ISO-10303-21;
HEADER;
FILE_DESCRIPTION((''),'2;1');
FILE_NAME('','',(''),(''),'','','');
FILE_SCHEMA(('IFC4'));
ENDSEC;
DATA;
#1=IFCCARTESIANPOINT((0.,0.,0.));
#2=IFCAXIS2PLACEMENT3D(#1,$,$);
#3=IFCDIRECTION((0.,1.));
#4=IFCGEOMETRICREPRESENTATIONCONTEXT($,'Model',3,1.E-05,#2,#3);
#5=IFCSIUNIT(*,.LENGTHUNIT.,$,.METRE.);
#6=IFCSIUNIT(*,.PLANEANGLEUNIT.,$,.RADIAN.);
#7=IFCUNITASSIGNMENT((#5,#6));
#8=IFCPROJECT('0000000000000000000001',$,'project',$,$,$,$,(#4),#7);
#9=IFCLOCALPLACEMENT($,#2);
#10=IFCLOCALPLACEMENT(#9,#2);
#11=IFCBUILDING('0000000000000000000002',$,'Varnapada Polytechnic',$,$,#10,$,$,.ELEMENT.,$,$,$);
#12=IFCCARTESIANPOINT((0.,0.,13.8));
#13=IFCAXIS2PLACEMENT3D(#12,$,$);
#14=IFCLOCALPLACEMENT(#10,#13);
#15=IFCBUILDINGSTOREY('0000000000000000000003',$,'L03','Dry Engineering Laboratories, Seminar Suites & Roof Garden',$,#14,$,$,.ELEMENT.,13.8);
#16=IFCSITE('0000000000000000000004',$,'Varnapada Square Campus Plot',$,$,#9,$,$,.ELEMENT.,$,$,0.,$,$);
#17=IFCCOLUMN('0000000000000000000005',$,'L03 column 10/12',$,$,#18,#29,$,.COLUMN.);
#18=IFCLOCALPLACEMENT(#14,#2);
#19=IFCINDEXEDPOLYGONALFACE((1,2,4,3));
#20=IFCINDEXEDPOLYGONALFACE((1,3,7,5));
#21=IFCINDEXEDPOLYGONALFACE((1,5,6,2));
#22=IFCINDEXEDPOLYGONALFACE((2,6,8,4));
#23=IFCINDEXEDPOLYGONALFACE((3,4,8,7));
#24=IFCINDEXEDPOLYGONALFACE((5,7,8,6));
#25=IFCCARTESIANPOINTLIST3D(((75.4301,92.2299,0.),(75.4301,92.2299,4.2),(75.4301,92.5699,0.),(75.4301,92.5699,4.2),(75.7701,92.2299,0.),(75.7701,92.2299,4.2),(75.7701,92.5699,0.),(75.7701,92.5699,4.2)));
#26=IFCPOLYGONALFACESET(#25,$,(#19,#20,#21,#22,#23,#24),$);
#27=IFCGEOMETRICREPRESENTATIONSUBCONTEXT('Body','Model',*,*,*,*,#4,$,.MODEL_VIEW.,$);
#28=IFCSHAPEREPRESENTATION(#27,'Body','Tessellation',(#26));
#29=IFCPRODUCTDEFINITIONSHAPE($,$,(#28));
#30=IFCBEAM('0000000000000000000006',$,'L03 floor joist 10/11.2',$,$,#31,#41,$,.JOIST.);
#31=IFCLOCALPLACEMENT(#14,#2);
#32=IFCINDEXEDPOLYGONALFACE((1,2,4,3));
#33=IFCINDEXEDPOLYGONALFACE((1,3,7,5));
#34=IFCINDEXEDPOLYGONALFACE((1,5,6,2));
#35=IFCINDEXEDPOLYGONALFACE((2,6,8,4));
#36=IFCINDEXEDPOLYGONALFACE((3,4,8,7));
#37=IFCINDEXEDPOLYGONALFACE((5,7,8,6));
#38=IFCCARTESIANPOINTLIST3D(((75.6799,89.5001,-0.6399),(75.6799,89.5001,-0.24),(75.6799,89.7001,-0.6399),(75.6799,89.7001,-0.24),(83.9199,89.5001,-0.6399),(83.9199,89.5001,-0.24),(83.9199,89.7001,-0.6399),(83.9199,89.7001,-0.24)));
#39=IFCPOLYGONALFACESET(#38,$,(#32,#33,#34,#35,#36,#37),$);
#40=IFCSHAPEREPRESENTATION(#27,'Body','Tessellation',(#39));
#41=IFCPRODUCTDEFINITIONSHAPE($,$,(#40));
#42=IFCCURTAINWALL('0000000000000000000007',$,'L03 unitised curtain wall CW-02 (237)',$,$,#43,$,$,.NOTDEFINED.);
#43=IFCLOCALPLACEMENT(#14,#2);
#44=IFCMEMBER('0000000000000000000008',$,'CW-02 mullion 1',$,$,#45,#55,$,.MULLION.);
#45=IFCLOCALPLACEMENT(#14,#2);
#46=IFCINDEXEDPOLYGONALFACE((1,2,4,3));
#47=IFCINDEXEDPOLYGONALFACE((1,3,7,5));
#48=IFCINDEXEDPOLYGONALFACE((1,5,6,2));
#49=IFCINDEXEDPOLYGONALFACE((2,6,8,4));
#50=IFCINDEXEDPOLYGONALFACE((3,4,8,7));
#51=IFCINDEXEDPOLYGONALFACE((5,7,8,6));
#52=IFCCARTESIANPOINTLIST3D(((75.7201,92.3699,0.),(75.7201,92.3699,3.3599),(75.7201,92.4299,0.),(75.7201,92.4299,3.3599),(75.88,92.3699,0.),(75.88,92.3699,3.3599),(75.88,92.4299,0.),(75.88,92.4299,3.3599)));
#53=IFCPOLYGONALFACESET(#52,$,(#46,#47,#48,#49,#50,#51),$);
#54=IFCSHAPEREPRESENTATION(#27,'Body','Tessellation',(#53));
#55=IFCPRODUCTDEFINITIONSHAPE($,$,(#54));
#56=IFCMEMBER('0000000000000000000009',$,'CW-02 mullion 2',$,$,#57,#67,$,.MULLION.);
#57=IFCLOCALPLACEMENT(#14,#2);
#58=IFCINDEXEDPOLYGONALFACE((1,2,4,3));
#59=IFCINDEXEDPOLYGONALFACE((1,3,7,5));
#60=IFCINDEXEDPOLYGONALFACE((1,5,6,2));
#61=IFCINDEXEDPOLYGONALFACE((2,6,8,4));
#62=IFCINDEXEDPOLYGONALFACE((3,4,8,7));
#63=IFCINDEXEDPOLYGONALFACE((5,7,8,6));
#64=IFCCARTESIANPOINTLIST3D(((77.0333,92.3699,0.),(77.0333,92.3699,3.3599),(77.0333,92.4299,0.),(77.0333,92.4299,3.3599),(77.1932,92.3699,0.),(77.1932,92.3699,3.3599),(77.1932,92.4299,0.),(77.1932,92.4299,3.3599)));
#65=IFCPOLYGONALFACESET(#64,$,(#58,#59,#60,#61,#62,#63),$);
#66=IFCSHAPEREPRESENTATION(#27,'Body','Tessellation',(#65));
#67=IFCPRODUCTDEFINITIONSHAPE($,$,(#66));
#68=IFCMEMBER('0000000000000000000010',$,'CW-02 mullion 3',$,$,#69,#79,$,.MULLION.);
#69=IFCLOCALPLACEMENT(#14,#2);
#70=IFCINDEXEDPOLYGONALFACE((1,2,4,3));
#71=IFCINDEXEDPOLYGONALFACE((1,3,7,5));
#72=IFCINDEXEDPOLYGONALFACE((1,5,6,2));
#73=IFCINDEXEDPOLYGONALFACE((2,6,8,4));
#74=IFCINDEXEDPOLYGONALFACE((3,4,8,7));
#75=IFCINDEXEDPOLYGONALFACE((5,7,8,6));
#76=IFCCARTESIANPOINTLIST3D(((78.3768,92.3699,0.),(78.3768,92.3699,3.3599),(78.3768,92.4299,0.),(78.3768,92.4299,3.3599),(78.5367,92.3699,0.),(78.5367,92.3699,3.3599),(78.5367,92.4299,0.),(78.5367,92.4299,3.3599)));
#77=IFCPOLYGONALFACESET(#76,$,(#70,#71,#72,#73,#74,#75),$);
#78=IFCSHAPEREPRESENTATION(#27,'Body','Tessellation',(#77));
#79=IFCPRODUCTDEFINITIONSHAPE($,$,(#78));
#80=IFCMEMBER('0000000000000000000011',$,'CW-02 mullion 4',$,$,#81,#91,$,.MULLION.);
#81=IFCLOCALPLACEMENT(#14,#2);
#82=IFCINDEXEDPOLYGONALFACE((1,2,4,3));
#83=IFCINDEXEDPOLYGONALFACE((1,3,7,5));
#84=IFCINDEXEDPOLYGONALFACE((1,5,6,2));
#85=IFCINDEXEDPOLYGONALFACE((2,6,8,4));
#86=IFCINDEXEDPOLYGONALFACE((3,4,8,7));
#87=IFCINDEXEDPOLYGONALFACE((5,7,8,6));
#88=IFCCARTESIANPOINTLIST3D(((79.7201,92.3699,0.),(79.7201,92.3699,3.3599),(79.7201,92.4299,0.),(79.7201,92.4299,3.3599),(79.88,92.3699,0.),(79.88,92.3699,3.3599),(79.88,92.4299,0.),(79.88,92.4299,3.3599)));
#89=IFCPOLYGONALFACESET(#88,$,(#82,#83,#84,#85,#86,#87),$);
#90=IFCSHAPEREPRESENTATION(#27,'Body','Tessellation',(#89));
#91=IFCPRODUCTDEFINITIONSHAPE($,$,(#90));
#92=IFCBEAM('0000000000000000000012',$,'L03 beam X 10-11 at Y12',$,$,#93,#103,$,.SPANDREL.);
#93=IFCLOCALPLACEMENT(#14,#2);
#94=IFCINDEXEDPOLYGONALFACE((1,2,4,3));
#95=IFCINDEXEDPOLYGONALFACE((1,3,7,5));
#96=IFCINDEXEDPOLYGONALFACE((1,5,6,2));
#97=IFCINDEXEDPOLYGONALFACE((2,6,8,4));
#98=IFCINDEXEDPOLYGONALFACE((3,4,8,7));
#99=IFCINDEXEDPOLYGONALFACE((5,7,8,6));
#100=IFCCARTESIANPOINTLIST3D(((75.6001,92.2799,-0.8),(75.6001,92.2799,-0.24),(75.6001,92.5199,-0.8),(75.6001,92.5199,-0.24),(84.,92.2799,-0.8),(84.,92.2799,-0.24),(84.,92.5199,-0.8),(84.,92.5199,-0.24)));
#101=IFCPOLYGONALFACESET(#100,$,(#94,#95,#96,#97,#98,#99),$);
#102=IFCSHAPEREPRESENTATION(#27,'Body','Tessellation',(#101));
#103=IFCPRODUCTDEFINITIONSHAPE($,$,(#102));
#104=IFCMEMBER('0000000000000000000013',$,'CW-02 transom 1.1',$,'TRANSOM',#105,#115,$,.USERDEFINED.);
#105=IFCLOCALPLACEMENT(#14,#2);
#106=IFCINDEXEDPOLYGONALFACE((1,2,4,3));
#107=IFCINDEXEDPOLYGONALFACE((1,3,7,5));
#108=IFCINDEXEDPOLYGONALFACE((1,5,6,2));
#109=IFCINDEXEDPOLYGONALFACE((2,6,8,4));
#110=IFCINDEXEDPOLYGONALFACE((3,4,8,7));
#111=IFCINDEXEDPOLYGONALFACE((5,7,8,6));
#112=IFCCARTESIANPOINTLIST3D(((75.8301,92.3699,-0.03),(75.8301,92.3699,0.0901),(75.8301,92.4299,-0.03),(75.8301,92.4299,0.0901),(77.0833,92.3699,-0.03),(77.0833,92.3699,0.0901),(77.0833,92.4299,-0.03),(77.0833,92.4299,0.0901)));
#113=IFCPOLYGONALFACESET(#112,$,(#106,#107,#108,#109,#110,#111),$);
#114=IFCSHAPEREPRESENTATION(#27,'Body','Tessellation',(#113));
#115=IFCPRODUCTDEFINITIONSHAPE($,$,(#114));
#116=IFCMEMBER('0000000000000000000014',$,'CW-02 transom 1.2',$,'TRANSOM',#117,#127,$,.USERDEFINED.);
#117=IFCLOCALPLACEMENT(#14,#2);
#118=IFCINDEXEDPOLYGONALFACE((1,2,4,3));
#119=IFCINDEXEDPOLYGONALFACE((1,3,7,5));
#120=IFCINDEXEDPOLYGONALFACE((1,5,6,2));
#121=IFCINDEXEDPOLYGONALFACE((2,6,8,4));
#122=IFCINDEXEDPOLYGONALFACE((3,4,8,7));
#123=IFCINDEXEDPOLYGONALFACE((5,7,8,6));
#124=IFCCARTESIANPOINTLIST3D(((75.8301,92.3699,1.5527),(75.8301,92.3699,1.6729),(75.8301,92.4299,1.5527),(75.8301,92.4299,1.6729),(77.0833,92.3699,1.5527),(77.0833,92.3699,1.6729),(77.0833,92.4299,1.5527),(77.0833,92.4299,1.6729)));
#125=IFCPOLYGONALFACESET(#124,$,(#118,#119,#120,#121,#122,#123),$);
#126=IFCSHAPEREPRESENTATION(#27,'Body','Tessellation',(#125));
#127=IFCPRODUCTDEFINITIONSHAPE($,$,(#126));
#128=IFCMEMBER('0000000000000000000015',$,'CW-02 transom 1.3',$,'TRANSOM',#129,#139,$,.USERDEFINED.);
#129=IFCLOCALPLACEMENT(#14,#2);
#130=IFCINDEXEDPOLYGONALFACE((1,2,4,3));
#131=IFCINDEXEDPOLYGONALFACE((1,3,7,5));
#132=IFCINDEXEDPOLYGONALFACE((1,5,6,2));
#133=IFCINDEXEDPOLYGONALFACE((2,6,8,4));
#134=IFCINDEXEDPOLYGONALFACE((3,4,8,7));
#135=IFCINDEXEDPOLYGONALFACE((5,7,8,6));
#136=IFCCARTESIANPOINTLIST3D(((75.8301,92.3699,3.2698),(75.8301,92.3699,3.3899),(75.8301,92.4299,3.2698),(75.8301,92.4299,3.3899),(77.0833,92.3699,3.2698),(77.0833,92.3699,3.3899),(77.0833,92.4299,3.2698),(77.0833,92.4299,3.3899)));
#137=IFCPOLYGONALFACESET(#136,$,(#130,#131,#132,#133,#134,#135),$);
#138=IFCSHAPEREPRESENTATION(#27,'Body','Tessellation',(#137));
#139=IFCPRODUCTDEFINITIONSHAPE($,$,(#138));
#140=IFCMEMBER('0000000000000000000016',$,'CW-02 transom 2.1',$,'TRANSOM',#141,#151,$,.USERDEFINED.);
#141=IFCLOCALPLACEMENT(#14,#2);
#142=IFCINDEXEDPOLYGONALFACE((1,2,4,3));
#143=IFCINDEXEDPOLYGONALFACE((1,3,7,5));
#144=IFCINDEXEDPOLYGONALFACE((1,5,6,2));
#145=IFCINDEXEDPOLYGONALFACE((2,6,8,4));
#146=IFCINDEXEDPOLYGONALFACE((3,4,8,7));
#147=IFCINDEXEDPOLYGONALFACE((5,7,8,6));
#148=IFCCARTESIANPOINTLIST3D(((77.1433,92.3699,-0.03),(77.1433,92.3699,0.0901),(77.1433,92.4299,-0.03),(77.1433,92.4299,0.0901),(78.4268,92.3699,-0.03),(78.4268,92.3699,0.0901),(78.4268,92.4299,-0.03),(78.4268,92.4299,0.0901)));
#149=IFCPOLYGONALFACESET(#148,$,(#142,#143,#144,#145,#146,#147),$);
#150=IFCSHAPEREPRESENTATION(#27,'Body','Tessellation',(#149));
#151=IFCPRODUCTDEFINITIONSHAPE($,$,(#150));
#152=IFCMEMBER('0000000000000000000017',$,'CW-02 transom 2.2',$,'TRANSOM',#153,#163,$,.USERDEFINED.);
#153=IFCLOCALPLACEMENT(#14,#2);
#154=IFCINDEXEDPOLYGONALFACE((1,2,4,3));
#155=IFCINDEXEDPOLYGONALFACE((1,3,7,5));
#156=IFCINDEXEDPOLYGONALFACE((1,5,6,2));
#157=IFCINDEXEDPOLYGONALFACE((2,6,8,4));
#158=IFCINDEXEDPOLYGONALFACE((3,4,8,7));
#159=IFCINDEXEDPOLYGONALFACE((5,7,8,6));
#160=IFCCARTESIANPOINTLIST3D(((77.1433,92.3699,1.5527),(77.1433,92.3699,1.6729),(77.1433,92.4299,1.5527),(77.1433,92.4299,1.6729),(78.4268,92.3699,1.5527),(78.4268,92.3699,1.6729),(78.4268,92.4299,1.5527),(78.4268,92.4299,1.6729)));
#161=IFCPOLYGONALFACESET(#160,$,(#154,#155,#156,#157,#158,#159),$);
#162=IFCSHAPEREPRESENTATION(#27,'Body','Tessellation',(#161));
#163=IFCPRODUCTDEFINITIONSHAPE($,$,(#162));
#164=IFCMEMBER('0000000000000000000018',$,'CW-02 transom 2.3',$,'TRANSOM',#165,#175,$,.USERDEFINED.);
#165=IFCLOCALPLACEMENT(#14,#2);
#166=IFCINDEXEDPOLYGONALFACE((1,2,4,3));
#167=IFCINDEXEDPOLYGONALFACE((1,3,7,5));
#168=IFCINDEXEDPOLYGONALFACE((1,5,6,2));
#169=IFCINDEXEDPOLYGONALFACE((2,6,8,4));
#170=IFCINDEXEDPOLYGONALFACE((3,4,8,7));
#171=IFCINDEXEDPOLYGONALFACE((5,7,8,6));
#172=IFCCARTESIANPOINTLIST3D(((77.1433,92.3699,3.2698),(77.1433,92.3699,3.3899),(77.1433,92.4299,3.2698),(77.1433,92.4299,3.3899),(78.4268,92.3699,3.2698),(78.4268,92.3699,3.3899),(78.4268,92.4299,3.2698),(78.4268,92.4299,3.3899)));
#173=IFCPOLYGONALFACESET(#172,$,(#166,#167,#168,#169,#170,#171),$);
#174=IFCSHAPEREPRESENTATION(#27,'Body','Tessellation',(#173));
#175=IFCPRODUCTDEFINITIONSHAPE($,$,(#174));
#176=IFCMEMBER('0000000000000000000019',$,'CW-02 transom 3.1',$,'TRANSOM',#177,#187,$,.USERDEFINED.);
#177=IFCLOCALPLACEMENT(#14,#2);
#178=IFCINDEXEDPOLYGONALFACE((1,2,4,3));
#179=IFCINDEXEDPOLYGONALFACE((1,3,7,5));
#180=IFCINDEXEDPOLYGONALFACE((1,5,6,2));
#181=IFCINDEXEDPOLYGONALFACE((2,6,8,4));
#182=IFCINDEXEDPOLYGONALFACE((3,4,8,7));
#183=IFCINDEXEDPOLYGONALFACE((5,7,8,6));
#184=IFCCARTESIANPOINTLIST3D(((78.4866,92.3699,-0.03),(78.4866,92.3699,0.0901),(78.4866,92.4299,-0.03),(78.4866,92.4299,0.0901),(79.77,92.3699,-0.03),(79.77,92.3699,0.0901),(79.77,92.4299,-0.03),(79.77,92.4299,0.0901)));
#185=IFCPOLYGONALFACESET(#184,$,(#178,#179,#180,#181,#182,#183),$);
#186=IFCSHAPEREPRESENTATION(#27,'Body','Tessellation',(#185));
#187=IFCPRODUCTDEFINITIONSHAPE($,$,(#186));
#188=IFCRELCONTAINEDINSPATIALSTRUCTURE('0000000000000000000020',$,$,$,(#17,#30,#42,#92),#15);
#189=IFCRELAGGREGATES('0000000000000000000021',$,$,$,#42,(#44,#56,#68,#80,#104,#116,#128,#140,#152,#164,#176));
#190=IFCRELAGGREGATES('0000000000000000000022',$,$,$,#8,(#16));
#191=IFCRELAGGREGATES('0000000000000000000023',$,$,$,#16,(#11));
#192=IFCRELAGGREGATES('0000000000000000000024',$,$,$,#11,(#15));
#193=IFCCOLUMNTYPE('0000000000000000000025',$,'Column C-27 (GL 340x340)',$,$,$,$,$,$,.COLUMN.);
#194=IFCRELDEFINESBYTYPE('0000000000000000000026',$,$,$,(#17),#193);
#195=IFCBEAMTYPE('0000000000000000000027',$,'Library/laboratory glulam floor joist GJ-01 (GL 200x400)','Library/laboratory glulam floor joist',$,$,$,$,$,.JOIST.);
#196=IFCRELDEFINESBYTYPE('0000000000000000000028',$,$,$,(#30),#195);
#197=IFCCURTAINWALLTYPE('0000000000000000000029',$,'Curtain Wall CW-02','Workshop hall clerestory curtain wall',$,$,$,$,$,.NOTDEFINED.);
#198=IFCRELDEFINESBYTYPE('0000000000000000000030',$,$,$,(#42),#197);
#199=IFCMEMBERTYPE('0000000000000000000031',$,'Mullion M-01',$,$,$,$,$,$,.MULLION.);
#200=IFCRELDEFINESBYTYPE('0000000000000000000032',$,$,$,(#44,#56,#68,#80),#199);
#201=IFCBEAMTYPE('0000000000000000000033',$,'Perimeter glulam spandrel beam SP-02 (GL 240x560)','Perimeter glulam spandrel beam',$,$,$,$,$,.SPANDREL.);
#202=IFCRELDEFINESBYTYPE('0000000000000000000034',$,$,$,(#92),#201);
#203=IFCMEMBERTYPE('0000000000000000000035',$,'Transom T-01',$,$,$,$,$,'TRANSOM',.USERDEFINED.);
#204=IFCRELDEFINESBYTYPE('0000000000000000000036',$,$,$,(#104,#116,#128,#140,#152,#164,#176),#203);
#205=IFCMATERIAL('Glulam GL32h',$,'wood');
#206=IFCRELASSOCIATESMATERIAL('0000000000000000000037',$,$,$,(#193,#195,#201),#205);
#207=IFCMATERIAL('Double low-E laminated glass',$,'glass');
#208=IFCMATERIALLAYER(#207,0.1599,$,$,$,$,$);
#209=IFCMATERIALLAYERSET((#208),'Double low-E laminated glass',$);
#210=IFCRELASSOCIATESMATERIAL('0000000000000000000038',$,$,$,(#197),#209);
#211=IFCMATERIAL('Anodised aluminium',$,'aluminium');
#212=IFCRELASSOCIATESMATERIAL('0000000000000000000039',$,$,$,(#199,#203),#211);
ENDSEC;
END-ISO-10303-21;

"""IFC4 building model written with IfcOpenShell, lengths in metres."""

from ifc_helpers import new_model, si_unit, direction, frame, origin, origin_2d, place, context, subcontext, project, spatial, rectangle, extrude, material, layer, layer_set, material_profile, profile_set, type_object, element, aggregate, save


model = new_model("IFC4")

# Units and contexts
model_context = context("Model", 3, precision=1e-05, world=origin(), true_north=direction((0.0, 1.0)))
body_context = subcontext(model_context, "Body", "Model", "MODEL_VIEW")
ifc_project = project(units=[si_unit("LENGTHUNIT", "METRE"), si_unit("PLANEANGLEUNIT", "RADIAN")], contexts=[model_context])

# Site, building, storey
site_placement = place(None, origin())
site = spatial("IfcSite", under=ifc_project, at=site_placement, Name="Varnapada Square Campus Plot", CompositionType="ELEMENT", RefElevation=0.0)
building_placement = place(site_placement, origin())
building = spatial("IfcBuilding", under=site, at=building_placement, Name="Varnapada Polytechnic", CompositionType="ELEMENT")
storey_placement = place(building_placement, frame((0.0, 0.0, 13.8)))
storey = spatial("IfcBuildingStorey", under=building, at=storey_placement, Name="L03", Description="Dry Engineering Laboratories, Seminar Suites & Roof Garden", CompositionType="ELEMENT", Elevation=13.8)

# Column
ifc_material_1 = material(Name="Glulam GL32h", Category="wood")
ifc_material_profile_1 = material_profile(ifc_material_1, rectangle(XDim=0.3401, YDim=0.3401, at=origin_2d()), Name="GL 340x340")
ifc_profile_set_1 = profile_set([ifc_material_profile_1], Name="Glulam GL32h")
column_type = type_object("IfcColumnType", Name="Column C-27 (GL 340x340)", PredefinedType="COLUMN", material=ifc_profile_set_1)
column_placement = place(storey_placement, frame((75.6001, 92.3999, 0.0), z_axis=(0.0, 0.0, 1.0), x_axis=(1.0, 0.0, 0.0)))
element("IfcColumn", 1, at=column_placement, inside=storey, type_object=column_type, Name="L03 column 10/12", PredefinedType="COLUMN", context=body_context, shape_type="SweptSolid", body=[
    extrude(rectangle(XDim=0.3401, YDim=0.3401, at=origin_2d()), origin(), (0.0, 0.0, 1.0), 4.2),
])

# Beam
ifc_material_profile_2 = material_profile(ifc_material_1, rectangle(XDim=0.2, YDim=0.3999, at=origin_2d()), Name="GL 200x400")
ifc_profile_set_2 = profile_set([ifc_material_profile_2], Name="Glulam GL32h")
beam_type_1 = type_object("IfcBeamType", Name="Library/laboratory glulam floor joist GJ-01 (GL 200x400)", Description="Library/laboratory glulam floor joist", PredefinedType="JOIST", material=ifc_profile_set_2)
beam_1_placement = place(storey_placement, frame((75.6799, 89.6001, -0.4399), z_axis=(1.0, 0.0, 0.0), x_axis=(0.0, 1.0, 0.0)))
element("IfcBeam", 2, at=beam_1_placement, inside=storey, type_object=beam_type_1, Name="L03 floor joist 10/11.2", PredefinedType="JOIST", context=body_context, shape_type="SweptSolid", body=[
    extrude(rectangle(XDim=0.2, YDim=0.3999, at=origin_2d()), origin(), (0.0, 0.0, 1.0), 8.24),
])

# Curtain wall, members
ifc_material_2 = material(Name="Double low-E laminated glass", Category="glass")
ifc_layer_1 = layer(ifc_material_2, 0.1599)
ifc_layer_set_1 = layer_set([ifc_layer_1], Name="Double low-E laminated glass")
curtain_wall_type = type_object("IfcCurtainWallType", Name="Curtain Wall CW-02", Description="Workshop hall clerestory curtain wall", PredefinedType="NOTDEFINED", material=ifc_layer_set_1)
curtain_wall_placement = place(storey_placement, origin())
curtain_wall = element("IfcCurtainWall", 3, at=curtain_wall_placement, inside=storey, type_object=curtain_wall_type, Name="L03 unitised curtain wall CW-02 (237)", PredefinedType="NOTDEFINED")
ifc_material_3 = material(Name="Anodised aluminium", Category="aluminium")
ifc_material_profile_3 = material_profile(ifc_material_3, rectangle(XDim=0.0601, YDim=0.1599, at=origin_2d()), Name="ALU M60x160")
ifc_profile_set_3 = profile_set([ifc_material_profile_3], Name="Anodised aluminium")
member_type_1 = type_object("IfcMemberType", Name="Mullion M-01", PredefinedType="MULLION", material=ifc_profile_set_3)
member_1_placement = place(storey_placement, frame((75.8, 92.3999, 0.0), z_axis=(0.0, 0.0, 1.0), x_axis=(0.0, 1.0, 0.0)))
member_1 = element("IfcMember", 4, at=member_1_placement, type_object=member_type_1, Name="CW-02 mullion 1", PredefinedType="MULLION", context=body_context, shape_type="SweptSolid", body=[
    extrude(rectangle(XDim=0.0601, YDim=0.1599, at=origin_2d()), origin(), (0.0, 0.0, 1.0), 3.3599),
])
member_2_placement = place(storey_placement, frame((77.1133, 92.3999, 0.0), z_axis=(0.0, 0.0, 1.0), x_axis=(0.0, 1.0, 0.0)))
member_2 = element("IfcMember", 5, at=member_2_placement, type_object=member_type_1, Name="CW-02 mullion 2", PredefinedType="MULLION", context=body_context, shape_type="SweptSolid", body=[
    extrude(rectangle(XDim=0.0601, YDim=0.1599, at=origin_2d()), origin(), (0.0, 0.0, 1.0), 3.3599),
])
member_3_placement = place(storey_placement, frame((78.4568, 92.3999, 0.0), z_axis=(0.0, 0.0, 1.0), x_axis=(0.0, 1.0, 0.0)))
member_3 = element("IfcMember", 6, at=member_3_placement, type_object=member_type_1, Name="CW-02 mullion 3", PredefinedType="MULLION", context=body_context, shape_type="SweptSolid", body=[
    extrude(rectangle(XDim=0.0601, YDim=0.1599, at=origin_2d()), origin(), (0.0, 0.0, 1.0), 3.3599),
])
member_4_placement = place(storey_placement, frame((79.8, 92.3999, 0.0), z_axis=(0.0, 0.0, 1.0), x_axis=(0.0, 1.0, 0.0)))
member_4 = element("IfcMember", 7, at=member_4_placement, type_object=member_type_1, Name="CW-02 mullion 4", PredefinedType="MULLION", context=body_context, shape_type="SweptSolid", body=[
    extrude(rectangle(XDim=0.0601, YDim=0.1599, at=origin_2d()), origin(), (0.0, 0.0, 1.0), 3.3599),
])

# Beam
ifc_material_profile_4 = material_profile(ifc_material_1, rectangle(XDim=0.24, YDim=0.5601, at=origin_2d()), Name="GL 240x560")
ifc_profile_set_4 = profile_set([ifc_material_profile_4], Name="Glulam GL32h")
beam_type_2 = type_object("IfcBeamType", Name="Perimeter glulam spandrel beam SP-02 (GL 240x560)", Description="Perimeter glulam spandrel beam", PredefinedType="SPANDREL", material=ifc_profile_set_4)
beam_2_placement = place(storey_placement, frame((75.6001, 92.3999, -0.52), z_axis=(1.0, 0.0, 0.0), x_axis=(0.0, 1.0, 0.0)))
element("IfcBeam", 8, at=beam_2_placement, inside=storey, type_object=beam_type_2, Name="L03 beam X 10-11 at Y12", PredefinedType="SPANDREL", context=body_context, shape_type="SweptSolid", body=[
    extrude(rectangle(XDim=0.24, YDim=0.5601, at=origin_2d()), origin(), (0.0, 0.0, 1.0), 8.3999),
])

# Members
ifc_material_profile_5 = material_profile(ifc_material_3, rectangle(XDim=0.0601, YDim=0.1201, at=origin_2d()), Name="ALU T60x120")
ifc_profile_set_5 = profile_set([ifc_material_profile_5], Name="Anodised aluminium")
member_type_2 = type_object("IfcMemberType", Name="Transom T-01", ElementType="TRANSOM", PredefinedType="USERDEFINED", material=ifc_profile_set_5)
member_5_placement = place(storey_placement, frame((75.8301, 92.3999, 0.03), z_axis=(1.0, 0.0, 0.0), x_axis=(0.0, 1.0, 0.0)))
member_5 = element("IfcMember", 9, at=member_5_placement, type_object=member_type_2, Name="CW-02 transom 1.1", ObjectType="TRANSOM", PredefinedType="USERDEFINED", context=body_context, shape_type="SweptSolid", body=[
    extrude(rectangle(XDim=0.0601, YDim=0.1201, at=origin_2d()), origin(), (0.0, 0.0, 1.0), 1.2532),
])
member_6_placement = place(storey_placement, frame((75.8301, 92.3999, 1.6128), z_axis=(1.0, 0.0, 0.0), x_axis=(0.0, 1.0, 0.0)))
member_6 = element("IfcMember", 10, at=member_6_placement, type_object=member_type_2, Name="CW-02 transom 1.2", ObjectType="TRANSOM", PredefinedType="USERDEFINED", context=body_context, shape_type="SweptSolid", body=[
    extrude(rectangle(XDim=0.0601, YDim=0.1201, at=origin_2d()), origin(), (0.0, 0.0, 1.0), 1.2532),
])
member_7_placement = place(storey_placement, frame((75.8301, 92.3999, 3.3298), z_axis=(1.0, 0.0, 0.0), x_axis=(0.0, 1.0, 0.0)))
member_7 = element("IfcMember", 11, at=member_7_placement, type_object=member_type_2, Name="CW-02 transom 1.3", ObjectType="TRANSOM", PredefinedType="USERDEFINED", context=body_context, shape_type="SweptSolid", body=[
    extrude(rectangle(XDim=0.0601, YDim=0.1201, at=origin_2d()), origin(), (0.0, 0.0, 1.0), 1.2532),
])
member_8_placement = place(storey_placement, frame((77.1433, 92.3999, 0.03), z_axis=(1.0, 0.0, 0.0), x_axis=(0.0, 1.0, 0.0)))
member_8 = element("IfcMember", 12, at=member_8_placement, type_object=member_type_2, Name="CW-02 transom 2.1", ObjectType="TRANSOM", PredefinedType="USERDEFINED", context=body_context, shape_type="SweptSolid", body=[
    extrude(rectangle(XDim=0.0601, YDim=0.1201, at=origin_2d()), origin(), (0.0, 0.0, 1.0), 1.2834),
])
member_9_placement = place(storey_placement, frame((77.1433, 92.3999, 1.6128), z_axis=(1.0, 0.0, 0.0), x_axis=(0.0, 1.0, 0.0)))
member_9 = element("IfcMember", 13, at=member_9_placement, type_object=member_type_2, Name="CW-02 transom 2.2", ObjectType="TRANSOM", PredefinedType="USERDEFINED", context=body_context, shape_type="SweptSolid", body=[
    extrude(rectangle(XDim=0.0601, YDim=0.1201, at=origin_2d()), origin(), (0.0, 0.0, 1.0), 1.2834),
])
member_10_placement = place(storey_placement, frame((77.1433, 92.3999, 3.3298), z_axis=(1.0, 0.0, 0.0), x_axis=(0.0, 1.0, 0.0)))
member_10 = element("IfcMember", 14, at=member_10_placement, type_object=member_type_2, Name="CW-02 transom 2.3", ObjectType="TRANSOM", PredefinedType="USERDEFINED", context=body_context, shape_type="SweptSolid", body=[
    extrude(rectangle(XDim=0.0601, YDim=0.1201, at=origin_2d()), origin(), (0.0, 0.0, 1.0), 1.2834),
])
member_11_placement = place(storey_placement, frame((78.4866, 92.3999, 0.03), z_axis=(1.0, 0.0, 0.0), x_axis=(0.0, 1.0, 0.0)))
member_11 = element("IfcMember", 15, at=member_11_placement, type_object=member_type_2, Name="CW-02 transom 3.1", ObjectType="TRANSOM", PredefinedType="USERDEFINED", context=body_context, shape_type="SweptSolid", body=[
    extrude(rectangle(XDim=0.0601, YDim=0.1201, at=origin_2d()), origin(), (0.0, 0.0, 1.0), 1.2834),
])

aggregate(curtain_wall, [member_1, member_2, member_3, member_4, member_5, member_6, member_7, member_8, member_9, member_10, member_11])

save(model, "model.ifc")
